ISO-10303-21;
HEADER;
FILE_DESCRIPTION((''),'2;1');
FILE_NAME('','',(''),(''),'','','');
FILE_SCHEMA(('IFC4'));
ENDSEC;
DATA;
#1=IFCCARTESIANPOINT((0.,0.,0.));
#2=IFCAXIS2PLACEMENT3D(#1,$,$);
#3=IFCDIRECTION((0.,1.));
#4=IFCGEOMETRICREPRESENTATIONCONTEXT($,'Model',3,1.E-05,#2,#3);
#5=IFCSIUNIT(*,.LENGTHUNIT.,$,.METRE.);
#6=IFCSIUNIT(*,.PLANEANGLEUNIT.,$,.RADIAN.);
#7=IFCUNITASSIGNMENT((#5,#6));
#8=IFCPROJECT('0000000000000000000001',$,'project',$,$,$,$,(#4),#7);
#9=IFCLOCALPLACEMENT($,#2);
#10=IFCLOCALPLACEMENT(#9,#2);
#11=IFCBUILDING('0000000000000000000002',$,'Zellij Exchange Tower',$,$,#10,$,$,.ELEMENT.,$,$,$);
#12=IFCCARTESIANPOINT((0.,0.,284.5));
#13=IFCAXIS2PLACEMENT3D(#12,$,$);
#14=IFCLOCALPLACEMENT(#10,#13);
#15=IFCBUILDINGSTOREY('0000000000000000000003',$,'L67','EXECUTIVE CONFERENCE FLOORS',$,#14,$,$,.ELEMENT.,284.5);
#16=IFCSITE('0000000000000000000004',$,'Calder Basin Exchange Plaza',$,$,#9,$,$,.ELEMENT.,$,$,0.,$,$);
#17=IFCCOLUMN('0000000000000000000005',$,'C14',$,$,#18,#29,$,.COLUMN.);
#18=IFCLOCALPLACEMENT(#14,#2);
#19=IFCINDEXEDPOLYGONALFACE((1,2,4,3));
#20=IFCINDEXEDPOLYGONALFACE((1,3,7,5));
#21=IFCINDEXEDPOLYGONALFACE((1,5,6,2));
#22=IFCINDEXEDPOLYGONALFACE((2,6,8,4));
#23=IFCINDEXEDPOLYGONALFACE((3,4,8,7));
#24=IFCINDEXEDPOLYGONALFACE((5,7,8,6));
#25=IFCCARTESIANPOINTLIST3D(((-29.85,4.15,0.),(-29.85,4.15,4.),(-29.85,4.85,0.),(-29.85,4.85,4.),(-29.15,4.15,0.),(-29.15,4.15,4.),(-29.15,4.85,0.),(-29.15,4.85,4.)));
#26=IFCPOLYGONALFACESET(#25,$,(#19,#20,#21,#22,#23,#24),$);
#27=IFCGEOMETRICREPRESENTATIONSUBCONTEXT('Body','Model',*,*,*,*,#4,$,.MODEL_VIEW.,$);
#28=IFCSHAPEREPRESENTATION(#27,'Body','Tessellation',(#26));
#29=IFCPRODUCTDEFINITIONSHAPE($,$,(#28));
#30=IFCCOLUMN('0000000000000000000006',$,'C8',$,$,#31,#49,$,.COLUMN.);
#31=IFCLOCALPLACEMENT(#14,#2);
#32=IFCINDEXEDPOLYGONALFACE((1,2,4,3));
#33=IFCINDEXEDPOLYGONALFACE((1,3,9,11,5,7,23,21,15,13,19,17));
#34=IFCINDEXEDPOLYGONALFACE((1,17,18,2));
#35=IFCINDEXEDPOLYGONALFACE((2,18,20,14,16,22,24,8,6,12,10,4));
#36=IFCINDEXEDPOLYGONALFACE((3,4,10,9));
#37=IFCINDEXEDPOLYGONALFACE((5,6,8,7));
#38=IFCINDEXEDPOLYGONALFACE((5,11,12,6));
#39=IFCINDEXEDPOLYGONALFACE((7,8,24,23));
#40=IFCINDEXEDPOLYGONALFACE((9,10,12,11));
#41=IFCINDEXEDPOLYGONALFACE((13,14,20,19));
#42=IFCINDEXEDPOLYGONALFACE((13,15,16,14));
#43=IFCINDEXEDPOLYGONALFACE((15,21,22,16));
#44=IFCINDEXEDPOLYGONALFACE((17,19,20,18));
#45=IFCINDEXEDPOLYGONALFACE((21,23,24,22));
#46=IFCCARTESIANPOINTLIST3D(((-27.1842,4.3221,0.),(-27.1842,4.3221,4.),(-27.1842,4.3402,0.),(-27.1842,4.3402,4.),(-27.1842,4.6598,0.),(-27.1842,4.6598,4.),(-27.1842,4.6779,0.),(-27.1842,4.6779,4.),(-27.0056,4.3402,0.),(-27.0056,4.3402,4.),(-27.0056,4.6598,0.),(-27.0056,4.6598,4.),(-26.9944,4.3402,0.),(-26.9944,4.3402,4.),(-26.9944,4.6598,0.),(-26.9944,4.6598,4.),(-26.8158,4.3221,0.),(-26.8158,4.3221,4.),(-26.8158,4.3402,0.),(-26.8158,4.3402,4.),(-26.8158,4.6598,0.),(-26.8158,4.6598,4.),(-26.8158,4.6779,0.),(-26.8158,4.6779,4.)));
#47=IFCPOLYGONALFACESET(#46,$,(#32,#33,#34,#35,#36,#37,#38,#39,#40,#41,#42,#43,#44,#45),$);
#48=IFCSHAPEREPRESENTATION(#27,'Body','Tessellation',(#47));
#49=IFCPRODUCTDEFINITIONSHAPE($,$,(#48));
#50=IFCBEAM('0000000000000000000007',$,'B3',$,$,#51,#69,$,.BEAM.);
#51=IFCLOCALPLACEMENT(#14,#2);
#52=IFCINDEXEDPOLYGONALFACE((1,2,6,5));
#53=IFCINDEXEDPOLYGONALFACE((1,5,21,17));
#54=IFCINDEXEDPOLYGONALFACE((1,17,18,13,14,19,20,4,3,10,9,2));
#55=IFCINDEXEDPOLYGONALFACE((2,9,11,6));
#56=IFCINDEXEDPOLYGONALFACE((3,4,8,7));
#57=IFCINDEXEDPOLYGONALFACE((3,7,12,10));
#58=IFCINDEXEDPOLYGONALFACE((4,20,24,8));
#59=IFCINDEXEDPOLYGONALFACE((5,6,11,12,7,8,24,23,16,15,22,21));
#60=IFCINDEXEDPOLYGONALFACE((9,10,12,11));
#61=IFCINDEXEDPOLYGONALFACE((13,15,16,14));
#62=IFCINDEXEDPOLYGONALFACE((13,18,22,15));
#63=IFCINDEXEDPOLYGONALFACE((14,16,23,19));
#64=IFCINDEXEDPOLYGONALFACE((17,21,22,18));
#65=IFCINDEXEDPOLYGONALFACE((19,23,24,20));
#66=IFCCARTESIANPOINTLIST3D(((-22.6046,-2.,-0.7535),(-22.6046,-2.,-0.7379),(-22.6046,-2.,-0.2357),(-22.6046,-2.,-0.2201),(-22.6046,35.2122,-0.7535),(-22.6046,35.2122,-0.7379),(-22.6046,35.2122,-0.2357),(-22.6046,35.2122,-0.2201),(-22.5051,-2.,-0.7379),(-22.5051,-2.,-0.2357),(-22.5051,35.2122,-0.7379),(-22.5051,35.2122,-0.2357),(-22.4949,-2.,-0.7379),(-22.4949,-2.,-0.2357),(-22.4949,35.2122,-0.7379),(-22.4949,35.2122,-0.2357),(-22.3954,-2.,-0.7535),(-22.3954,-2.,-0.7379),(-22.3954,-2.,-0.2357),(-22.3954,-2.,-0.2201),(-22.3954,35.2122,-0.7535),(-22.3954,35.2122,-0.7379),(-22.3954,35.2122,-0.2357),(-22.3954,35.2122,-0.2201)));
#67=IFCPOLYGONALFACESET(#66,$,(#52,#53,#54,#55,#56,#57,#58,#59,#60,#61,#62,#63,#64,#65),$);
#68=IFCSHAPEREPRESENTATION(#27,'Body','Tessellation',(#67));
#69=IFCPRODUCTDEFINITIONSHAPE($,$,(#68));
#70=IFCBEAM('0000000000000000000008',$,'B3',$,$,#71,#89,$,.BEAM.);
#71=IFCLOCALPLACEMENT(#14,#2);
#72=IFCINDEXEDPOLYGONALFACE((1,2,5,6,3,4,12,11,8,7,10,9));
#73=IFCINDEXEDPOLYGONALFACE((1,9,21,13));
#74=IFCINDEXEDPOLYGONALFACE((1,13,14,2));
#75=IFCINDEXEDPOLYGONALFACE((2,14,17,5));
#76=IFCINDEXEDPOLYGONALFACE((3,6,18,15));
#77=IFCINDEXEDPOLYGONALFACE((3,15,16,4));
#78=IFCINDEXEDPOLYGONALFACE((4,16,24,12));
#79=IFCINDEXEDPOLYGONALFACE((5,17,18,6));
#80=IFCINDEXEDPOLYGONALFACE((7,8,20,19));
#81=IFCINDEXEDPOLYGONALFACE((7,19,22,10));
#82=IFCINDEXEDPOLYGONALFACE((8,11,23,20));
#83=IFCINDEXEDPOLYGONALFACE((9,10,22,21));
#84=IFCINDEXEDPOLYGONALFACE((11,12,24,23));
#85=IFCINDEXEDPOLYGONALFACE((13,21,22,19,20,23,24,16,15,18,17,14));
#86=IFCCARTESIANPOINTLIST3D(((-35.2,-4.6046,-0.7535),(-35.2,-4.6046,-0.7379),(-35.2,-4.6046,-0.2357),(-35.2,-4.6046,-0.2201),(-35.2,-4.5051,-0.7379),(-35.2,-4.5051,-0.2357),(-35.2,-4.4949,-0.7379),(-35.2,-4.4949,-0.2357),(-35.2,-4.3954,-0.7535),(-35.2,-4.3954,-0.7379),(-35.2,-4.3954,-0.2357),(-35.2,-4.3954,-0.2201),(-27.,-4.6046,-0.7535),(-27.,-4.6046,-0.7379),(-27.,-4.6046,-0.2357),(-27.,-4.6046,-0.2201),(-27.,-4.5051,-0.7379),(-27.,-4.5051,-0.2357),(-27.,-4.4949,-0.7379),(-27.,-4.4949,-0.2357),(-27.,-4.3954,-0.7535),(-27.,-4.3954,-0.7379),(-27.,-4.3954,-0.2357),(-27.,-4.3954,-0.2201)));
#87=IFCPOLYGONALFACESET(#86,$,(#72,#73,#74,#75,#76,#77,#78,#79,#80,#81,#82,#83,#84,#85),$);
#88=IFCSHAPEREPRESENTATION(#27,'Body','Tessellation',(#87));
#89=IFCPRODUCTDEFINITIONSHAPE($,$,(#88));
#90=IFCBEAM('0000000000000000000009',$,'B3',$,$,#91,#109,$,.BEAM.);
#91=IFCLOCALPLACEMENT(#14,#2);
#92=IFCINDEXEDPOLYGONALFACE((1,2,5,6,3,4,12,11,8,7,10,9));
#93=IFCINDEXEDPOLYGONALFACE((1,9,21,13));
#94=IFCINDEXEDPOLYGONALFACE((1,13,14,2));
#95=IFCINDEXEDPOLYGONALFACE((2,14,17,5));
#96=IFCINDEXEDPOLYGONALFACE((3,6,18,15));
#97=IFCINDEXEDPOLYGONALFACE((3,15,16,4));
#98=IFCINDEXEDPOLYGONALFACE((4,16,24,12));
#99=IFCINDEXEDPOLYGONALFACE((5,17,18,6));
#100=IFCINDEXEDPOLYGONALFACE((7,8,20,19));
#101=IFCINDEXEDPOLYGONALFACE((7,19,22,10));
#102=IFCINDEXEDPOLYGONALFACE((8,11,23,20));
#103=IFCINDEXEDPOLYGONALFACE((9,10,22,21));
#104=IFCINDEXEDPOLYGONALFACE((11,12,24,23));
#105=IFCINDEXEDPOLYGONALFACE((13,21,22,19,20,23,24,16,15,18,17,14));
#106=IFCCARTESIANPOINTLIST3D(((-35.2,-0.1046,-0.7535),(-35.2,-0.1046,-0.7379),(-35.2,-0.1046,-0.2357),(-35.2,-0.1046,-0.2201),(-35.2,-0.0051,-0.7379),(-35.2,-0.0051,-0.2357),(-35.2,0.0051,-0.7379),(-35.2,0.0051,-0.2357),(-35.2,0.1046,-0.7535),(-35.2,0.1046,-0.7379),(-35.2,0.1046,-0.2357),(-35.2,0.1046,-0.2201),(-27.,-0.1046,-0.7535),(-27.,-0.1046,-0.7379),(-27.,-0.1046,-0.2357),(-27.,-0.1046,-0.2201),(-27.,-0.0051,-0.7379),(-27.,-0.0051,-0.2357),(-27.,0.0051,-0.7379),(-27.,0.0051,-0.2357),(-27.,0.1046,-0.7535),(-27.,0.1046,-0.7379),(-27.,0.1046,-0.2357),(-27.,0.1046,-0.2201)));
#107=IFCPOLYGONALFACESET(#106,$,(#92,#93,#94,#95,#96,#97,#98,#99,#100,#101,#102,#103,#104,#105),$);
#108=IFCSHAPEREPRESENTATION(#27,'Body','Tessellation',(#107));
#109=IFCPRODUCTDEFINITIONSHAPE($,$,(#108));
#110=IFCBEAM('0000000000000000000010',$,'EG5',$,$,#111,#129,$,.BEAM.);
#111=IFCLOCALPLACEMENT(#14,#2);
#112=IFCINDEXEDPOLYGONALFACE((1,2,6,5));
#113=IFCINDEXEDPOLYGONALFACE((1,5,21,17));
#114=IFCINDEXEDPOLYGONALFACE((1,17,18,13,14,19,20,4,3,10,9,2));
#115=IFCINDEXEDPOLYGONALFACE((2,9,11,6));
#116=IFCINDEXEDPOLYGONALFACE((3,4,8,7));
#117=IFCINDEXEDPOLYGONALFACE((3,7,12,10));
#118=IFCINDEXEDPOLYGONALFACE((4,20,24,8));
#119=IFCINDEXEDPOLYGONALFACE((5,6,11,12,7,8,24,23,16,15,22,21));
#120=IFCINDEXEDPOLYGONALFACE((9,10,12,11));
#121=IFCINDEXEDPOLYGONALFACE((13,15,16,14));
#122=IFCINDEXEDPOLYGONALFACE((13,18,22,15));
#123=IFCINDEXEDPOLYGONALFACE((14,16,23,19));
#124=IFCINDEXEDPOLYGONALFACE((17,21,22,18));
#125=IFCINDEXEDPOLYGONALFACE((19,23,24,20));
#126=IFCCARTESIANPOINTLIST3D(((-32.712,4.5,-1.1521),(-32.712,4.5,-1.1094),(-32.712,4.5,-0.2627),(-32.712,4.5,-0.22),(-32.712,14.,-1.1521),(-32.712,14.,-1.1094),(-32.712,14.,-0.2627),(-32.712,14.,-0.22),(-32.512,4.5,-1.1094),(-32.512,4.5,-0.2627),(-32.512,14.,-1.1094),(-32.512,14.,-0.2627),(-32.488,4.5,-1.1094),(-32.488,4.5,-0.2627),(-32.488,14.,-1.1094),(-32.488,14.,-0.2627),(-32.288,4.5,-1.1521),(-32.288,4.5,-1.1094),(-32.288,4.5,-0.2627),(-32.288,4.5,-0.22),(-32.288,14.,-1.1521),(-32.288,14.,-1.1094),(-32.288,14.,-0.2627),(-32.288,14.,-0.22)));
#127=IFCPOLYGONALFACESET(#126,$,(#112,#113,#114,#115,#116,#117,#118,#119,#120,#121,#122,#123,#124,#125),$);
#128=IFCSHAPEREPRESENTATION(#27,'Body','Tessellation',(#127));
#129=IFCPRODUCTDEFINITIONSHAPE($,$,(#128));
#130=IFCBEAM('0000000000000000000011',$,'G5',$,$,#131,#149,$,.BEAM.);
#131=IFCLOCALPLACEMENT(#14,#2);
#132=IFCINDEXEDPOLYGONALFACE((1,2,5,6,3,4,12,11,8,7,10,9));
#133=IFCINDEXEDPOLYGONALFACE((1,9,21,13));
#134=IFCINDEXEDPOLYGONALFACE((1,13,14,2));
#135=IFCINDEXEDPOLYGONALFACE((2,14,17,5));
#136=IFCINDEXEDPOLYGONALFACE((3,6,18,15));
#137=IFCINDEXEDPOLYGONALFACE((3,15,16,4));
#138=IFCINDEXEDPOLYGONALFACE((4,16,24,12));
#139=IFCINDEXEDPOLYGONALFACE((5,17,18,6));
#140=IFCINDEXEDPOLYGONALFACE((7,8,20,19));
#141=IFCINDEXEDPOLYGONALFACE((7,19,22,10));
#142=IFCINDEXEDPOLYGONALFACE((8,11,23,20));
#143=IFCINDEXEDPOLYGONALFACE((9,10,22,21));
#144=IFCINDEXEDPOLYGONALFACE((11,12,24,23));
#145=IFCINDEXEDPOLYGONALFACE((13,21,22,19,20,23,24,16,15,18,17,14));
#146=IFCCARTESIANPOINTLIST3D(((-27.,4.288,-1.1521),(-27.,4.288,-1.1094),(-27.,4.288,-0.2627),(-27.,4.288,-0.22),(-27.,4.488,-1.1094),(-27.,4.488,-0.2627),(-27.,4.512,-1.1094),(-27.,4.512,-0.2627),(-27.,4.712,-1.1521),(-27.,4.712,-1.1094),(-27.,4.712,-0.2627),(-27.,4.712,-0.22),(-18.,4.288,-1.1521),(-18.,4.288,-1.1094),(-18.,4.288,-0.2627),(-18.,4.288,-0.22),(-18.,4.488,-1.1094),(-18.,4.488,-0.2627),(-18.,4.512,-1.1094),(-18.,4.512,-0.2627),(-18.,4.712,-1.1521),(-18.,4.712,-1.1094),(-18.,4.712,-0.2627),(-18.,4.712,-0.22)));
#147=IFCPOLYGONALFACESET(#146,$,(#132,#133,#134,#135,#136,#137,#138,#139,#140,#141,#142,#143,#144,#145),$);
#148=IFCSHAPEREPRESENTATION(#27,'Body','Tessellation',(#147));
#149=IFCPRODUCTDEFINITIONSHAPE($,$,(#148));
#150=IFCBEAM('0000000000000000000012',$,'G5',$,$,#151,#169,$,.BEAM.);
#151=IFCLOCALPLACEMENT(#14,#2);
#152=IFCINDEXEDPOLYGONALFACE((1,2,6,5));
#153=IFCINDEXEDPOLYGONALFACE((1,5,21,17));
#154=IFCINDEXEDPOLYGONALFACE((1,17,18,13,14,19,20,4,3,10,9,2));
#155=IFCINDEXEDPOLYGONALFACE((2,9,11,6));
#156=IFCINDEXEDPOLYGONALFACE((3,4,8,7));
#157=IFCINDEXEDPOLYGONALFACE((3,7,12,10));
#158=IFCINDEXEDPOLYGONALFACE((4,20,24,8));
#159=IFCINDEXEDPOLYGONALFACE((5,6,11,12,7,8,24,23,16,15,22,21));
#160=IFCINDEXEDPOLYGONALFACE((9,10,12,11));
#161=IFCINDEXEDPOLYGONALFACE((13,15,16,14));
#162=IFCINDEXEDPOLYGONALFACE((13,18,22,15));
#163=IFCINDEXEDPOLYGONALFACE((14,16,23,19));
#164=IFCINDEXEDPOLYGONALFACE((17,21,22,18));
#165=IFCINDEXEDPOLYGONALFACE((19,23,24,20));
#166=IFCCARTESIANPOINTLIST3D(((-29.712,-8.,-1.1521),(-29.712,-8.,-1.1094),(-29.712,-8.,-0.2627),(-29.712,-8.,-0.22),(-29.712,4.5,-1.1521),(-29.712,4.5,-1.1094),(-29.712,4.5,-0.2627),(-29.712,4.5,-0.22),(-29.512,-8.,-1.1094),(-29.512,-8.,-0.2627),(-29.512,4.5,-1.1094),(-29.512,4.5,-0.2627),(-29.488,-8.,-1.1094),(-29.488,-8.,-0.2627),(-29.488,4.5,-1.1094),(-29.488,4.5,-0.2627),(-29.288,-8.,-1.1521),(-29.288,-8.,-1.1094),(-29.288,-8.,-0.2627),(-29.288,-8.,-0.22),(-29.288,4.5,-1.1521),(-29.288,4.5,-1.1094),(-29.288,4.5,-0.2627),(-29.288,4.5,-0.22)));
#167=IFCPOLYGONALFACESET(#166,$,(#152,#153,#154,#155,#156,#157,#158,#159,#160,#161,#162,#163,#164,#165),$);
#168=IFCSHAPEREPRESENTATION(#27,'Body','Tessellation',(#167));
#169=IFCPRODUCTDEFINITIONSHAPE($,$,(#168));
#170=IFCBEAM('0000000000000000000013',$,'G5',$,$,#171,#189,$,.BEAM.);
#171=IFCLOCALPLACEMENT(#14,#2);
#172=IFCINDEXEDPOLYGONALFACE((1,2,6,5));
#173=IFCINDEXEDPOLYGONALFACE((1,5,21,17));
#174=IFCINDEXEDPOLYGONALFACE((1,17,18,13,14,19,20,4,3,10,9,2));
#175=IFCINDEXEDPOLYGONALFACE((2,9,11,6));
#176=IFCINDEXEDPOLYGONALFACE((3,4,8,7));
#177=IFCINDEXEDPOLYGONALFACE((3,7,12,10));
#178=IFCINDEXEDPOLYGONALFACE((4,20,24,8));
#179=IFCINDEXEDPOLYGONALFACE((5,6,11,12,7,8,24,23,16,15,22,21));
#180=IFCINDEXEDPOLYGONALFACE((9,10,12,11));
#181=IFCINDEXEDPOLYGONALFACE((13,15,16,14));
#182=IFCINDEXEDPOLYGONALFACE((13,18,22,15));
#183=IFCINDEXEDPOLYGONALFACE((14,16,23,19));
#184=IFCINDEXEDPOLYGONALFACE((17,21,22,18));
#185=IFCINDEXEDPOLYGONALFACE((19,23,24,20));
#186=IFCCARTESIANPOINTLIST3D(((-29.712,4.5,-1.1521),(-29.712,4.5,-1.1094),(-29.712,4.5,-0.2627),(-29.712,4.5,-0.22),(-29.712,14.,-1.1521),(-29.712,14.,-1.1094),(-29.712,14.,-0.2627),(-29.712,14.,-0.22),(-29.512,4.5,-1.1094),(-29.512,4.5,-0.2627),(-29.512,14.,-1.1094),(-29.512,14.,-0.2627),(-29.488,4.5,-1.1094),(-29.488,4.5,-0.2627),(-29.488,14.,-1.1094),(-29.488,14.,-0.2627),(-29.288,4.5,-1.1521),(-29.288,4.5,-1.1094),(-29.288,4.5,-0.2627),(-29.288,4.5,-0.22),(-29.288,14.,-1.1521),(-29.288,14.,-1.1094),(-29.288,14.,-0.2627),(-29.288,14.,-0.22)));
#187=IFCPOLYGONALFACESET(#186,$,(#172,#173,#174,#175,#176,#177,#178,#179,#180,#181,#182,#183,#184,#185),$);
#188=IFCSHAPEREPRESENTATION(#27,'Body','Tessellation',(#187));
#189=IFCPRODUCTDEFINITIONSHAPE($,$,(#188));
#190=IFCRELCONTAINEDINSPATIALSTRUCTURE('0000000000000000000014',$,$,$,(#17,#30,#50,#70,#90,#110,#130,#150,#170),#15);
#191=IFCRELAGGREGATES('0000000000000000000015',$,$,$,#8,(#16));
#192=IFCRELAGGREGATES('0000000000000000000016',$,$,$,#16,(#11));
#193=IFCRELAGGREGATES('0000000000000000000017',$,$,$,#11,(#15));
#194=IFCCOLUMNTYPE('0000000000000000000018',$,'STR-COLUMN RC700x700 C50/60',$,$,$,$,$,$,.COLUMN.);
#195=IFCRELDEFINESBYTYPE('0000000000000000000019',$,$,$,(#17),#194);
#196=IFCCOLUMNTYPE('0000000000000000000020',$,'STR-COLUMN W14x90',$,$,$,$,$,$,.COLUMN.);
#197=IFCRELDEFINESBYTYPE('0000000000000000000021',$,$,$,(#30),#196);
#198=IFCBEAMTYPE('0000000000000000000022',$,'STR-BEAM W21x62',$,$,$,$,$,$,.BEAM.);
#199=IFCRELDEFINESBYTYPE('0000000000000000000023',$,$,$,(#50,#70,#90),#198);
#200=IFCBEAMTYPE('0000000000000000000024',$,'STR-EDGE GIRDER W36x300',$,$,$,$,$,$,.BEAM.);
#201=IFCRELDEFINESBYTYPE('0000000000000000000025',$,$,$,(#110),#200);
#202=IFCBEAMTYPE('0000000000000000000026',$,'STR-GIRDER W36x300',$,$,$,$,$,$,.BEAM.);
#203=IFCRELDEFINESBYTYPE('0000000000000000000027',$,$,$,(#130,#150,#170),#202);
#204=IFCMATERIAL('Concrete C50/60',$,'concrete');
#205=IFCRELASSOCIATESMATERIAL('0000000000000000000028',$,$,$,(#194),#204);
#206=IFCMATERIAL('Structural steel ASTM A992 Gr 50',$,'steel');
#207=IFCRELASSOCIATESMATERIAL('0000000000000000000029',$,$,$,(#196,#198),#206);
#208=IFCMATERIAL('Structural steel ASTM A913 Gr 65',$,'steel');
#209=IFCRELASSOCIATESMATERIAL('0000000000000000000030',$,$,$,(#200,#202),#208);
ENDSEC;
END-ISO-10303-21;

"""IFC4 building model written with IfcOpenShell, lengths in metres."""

from ifc_helpers import new_model, si_unit, direction, frame, origin, origin_2d, place, context, subcontext, project, spatial, rectangle, i_section, extrude, material, material_profile, profile_set, type_object, element, save


model = new_model("IFC4")

# Units and contexts
model_context = context("Model", 3, precision=1e-05, world=origin(), true_north=direction((0.0, 1.0)))
body_context = subcontext(model_context, "Body", "Model", "MODEL_VIEW")
ifc_project = project(units=[si_unit("LENGTHUNIT", "METRE"), si_unit("PLANEANGLEUNIT", "RADIAN")], contexts=[model_context])

# Site, building, storey
site_placement = place(None, origin())
site = spatial("IfcSite", under=ifc_project, at=site_placement, Name="Calder Basin Exchange Plaza", CompositionType="ELEMENT", RefElevation=0.0)
building_placement = place(site_placement, origin())
building = spatial("IfcBuilding", under=site, at=building_placement, Name="Zellij Exchange Tower", CompositionType="ELEMENT")
storey_placement = place(building_placement, frame((0.0, 0.0, 284.5)))
storey = spatial("IfcBuildingStorey", under=building, at=storey_placement, Name="L67", Description="EXECUTIVE CONFERENCE FLOORS", CompositionType="ELEMENT", Elevation=284.5)

# Columns
ifc_material_1 = material(Name="Concrete C50/60", Category="concrete")
ifc_material_profile_1 = material_profile(ifc_material_1, rectangle(XDim=0.7, YDim=0.7, at=origin_2d()), Name="STR-COLUMN RC700x700 C50/60")
ifc_profile_set_1 = profile_set([ifc_material_profile_1], Name="Concrete C50/60")
column_type_1 = type_object("IfcColumnType", Name="STR-COLUMN RC700x700 C50/60", PredefinedType="COLUMN", material=ifc_profile_set_1)
column_1_placement = place(storey_placement, frame((-29.5, 4.5, 0.0), z_axis=(0.0, 0.0, 1.0), x_axis=(1.0, 0.0, 0.0)))
element("IfcColumn", 1, at=column_1_placement, inside=storey, type_object=column_type_1, Name="C14", PredefinedType="COLUMN", context=body_context, shape_type="SweptSolid", body=[
    extrude(rectangle(XDim=0.7, YDim=0.7, at=origin_2d()), origin(), (0.0, 0.0, 1.0), 4.0),
])
ifc_material_2 = material(Name="Structural steel ASTM A992 Gr 50", Category="steel")
ifc_material_profile_2 = material_profile(ifc_material_2, i_section(OverallWidth=0.3684, OverallDepth=0.3557, WebThickness=0.0112, FlangeThickness=0.0181, at=origin_2d()), Name="W14x90")
ifc_profile_set_2 = profile_set([ifc_material_profile_2], Name="Structural steel ASTM A992 Gr 50")
column_type_2 = type_object("IfcColumnType", Name="STR-COLUMN W14x90", PredefinedType="COLUMN", material=ifc_profile_set_2)
column_2_placement = place(storey_placement, frame((-27.0, 4.5, 0.0), z_axis=(0.0, 0.0, 1.0), x_axis=(1.0, 0.0, 0.0)))
element("IfcColumn", 2, at=column_2_placement, inside=storey, type_object=column_type_2, Name="C8", PredefinedType="COLUMN", context=body_context, shape_type="SweptSolid", body=[
    extrude(i_section(OverallWidth=0.3684, OverallDepth=0.3557, WebThickness=0.0112, FlangeThickness=0.0181, at=origin_2d()), origin(), (0.0, 0.0, 1.0), 4.0),
])

# Beams
ifc_material_profile_3 = material_profile(ifc_material_2, i_section(OverallWidth=0.2092, OverallDepth=0.5334, WebThickness=0.0103, FlangeThickness=0.0156, at=origin_2d()), Name="W21x62")
ifc_profile_set_3 = profile_set([ifc_material_profile_3], Name="Structural steel ASTM A992 Gr 50")
beam_type_1 = type_object("IfcBeamType", Name="STR-BEAM W21x62", PredefinedType="BEAM", material=ifc_profile_set_3)
beam_1_placement = place(storey_placement, frame((-22.5, -2.0, -0.4868), z_axis=(0.0, 1.0, 0.0), x_axis=(-1.0, 0.0, 0.0)))
element("IfcBeam", 3, at=beam_1_placement, inside=storey, type_object=beam_type_1, Name="B3", PredefinedType="BEAM", context=body_context, shape_type="SweptSolid", body=[
    extrude(i_section(OverallWidth=0.2092, OverallDepth=0.5334, WebThickness=0.0103, FlangeThickness=0.0156, at=origin_2d()), origin(), (0.0, 0.0, 1.0), 37.2122),
])
for number, where, z_axis, x_axis, name in (
    (4, (-35.2, -4.5, -0.4868), (1.0, 0.0, 0.0), (0.0, 1.0, 0.0), "B3"),
    (5, (-35.2, 0.0, -0.4868), (1.0, 0.0, 0.0), (0.0, 1.0, 0.0), "B3"),
):
    element("IfcBeam", number, at=place(storey_placement, frame(where, z_axis=z_axis, x_axis=x_axis)), inside=storey, type_object=beam_type_1, Name=name, PredefinedType="BEAM", context=body_context, shape_type="SweptSolid", body=[
        extrude(i_section(OverallWidth=0.2092, OverallDepth=0.5334, WebThickness=0.0103, FlangeThickness=0.0156, at=origin_2d()), origin(), (0.0, 0.0, 1.0), 8.2),
    ])
ifc_material_3 = material(Name="Structural steel ASTM A913 Gr 65", Category="steel")
ifc_material_profile_4 = material_profile(ifc_material_3, i_section(OverallWidth=0.4241, OverallDepth=0.9321, WebThickness=0.0239, FlangeThickness=0.0427, at=origin_2d()), Name="W36x300")
ifc_profile_set_4 = profile_set([ifc_material_profile_4], Name="Structural steel ASTM A913 Gr 65")
beam_type_2 = type_object("IfcBeamType", Name="STR-EDGE GIRDER W36x300", PredefinedType="BEAM", material=ifc_profile_set_4)
beam_2_placement = place(storey_placement, frame((-32.5, 4.5, -0.686), z_axis=(0.0, 1.0, 0.0), x_axis=(-1.0, 0.0, 0.0)))
element("IfcBeam", 6, at=beam_2_placement, inside=storey, type_object=beam_type_2, Name="EG5", PredefinedType="BEAM", context=body_context, shape_type="SweptSolid", body=[
    extrude(i_section(OverallWidth=0.4241, OverallDepth=0.9321, WebThickness=0.0239, FlangeThickness=0.0427, at=origin_2d()), origin(), (0.0, 0.0, 1.0), 9.5),
])
ifc_material_profile_5 = material_profile(ifc_material_3, i_section(OverallWidth=0.4241, OverallDepth=0.9321, WebThickness=0.0239, FlangeThickness=0.0427, at=origin_2d()), Name="W36x300")
ifc_profile_set_5 = profile_set([ifc_material_profile_5], Name="Structural steel ASTM A913 Gr 65")
beam_type_3 = type_object("IfcBeamType", Name="STR-GIRDER W36x300", PredefinedType="BEAM", material=ifc_profile_set_5)
beam_3_placement = place(storey_placement, frame((-27.0, 4.5, -0.686), z_axis=(1.0, 0.0, 0.0), x_axis=(0.0, 1.0, 0.0)))
element("IfcBeam", 7, at=beam_3_placement, inside=storey, type_object=beam_type_3, Name="G5", PredefinedType="BEAM", context=body_context, shape_type="SweptSolid", body=[
    extrude(i_section(OverallWidth=0.4241, OverallDepth=0.9321, WebThickness=0.0239, FlangeThickness=0.0427, at=origin_2d()), origin(), (0.0, 0.0, 1.0), 9.0),
])
beam_4_placement = place(storey_placement, frame((-29.5, -8.0, -0.686), z_axis=(0.0, 1.0, 0.0), x_axis=(-1.0, 0.0, 0.0)))
element("IfcBeam", 8, at=beam_4_placement, inside=storey, type_object=beam_type_3, Name="G5", PredefinedType="BEAM", context=body_context, shape_type="SweptSolid", body=[
    extrude(i_section(OverallWidth=0.4241, OverallDepth=0.9321, WebThickness=0.0239, FlangeThickness=0.0427, at=origin_2d()), origin(), (0.0, 0.0, 1.0), 12.5),
])
beam_5_placement = place(storey_placement, frame((-29.5, 4.5, -0.686), z_axis=(0.0, 1.0, 0.0), x_axis=(-1.0, 0.0, 0.0)))
element("IfcBeam", 9, at=beam_5_placement, inside=storey, type_object=beam_type_3, Name="G5", PredefinedType="BEAM", context=body_context, shape_type="SweptSolid", body=[
    extrude(i_section(OverallWidth=0.4241, OverallDepth=0.9321, WebThickness=0.0239, FlangeThickness=0.0427, at=origin_2d()), origin(), (0.0, 0.0, 1.0), 9.5),
])

save(model, "model.ifc")
